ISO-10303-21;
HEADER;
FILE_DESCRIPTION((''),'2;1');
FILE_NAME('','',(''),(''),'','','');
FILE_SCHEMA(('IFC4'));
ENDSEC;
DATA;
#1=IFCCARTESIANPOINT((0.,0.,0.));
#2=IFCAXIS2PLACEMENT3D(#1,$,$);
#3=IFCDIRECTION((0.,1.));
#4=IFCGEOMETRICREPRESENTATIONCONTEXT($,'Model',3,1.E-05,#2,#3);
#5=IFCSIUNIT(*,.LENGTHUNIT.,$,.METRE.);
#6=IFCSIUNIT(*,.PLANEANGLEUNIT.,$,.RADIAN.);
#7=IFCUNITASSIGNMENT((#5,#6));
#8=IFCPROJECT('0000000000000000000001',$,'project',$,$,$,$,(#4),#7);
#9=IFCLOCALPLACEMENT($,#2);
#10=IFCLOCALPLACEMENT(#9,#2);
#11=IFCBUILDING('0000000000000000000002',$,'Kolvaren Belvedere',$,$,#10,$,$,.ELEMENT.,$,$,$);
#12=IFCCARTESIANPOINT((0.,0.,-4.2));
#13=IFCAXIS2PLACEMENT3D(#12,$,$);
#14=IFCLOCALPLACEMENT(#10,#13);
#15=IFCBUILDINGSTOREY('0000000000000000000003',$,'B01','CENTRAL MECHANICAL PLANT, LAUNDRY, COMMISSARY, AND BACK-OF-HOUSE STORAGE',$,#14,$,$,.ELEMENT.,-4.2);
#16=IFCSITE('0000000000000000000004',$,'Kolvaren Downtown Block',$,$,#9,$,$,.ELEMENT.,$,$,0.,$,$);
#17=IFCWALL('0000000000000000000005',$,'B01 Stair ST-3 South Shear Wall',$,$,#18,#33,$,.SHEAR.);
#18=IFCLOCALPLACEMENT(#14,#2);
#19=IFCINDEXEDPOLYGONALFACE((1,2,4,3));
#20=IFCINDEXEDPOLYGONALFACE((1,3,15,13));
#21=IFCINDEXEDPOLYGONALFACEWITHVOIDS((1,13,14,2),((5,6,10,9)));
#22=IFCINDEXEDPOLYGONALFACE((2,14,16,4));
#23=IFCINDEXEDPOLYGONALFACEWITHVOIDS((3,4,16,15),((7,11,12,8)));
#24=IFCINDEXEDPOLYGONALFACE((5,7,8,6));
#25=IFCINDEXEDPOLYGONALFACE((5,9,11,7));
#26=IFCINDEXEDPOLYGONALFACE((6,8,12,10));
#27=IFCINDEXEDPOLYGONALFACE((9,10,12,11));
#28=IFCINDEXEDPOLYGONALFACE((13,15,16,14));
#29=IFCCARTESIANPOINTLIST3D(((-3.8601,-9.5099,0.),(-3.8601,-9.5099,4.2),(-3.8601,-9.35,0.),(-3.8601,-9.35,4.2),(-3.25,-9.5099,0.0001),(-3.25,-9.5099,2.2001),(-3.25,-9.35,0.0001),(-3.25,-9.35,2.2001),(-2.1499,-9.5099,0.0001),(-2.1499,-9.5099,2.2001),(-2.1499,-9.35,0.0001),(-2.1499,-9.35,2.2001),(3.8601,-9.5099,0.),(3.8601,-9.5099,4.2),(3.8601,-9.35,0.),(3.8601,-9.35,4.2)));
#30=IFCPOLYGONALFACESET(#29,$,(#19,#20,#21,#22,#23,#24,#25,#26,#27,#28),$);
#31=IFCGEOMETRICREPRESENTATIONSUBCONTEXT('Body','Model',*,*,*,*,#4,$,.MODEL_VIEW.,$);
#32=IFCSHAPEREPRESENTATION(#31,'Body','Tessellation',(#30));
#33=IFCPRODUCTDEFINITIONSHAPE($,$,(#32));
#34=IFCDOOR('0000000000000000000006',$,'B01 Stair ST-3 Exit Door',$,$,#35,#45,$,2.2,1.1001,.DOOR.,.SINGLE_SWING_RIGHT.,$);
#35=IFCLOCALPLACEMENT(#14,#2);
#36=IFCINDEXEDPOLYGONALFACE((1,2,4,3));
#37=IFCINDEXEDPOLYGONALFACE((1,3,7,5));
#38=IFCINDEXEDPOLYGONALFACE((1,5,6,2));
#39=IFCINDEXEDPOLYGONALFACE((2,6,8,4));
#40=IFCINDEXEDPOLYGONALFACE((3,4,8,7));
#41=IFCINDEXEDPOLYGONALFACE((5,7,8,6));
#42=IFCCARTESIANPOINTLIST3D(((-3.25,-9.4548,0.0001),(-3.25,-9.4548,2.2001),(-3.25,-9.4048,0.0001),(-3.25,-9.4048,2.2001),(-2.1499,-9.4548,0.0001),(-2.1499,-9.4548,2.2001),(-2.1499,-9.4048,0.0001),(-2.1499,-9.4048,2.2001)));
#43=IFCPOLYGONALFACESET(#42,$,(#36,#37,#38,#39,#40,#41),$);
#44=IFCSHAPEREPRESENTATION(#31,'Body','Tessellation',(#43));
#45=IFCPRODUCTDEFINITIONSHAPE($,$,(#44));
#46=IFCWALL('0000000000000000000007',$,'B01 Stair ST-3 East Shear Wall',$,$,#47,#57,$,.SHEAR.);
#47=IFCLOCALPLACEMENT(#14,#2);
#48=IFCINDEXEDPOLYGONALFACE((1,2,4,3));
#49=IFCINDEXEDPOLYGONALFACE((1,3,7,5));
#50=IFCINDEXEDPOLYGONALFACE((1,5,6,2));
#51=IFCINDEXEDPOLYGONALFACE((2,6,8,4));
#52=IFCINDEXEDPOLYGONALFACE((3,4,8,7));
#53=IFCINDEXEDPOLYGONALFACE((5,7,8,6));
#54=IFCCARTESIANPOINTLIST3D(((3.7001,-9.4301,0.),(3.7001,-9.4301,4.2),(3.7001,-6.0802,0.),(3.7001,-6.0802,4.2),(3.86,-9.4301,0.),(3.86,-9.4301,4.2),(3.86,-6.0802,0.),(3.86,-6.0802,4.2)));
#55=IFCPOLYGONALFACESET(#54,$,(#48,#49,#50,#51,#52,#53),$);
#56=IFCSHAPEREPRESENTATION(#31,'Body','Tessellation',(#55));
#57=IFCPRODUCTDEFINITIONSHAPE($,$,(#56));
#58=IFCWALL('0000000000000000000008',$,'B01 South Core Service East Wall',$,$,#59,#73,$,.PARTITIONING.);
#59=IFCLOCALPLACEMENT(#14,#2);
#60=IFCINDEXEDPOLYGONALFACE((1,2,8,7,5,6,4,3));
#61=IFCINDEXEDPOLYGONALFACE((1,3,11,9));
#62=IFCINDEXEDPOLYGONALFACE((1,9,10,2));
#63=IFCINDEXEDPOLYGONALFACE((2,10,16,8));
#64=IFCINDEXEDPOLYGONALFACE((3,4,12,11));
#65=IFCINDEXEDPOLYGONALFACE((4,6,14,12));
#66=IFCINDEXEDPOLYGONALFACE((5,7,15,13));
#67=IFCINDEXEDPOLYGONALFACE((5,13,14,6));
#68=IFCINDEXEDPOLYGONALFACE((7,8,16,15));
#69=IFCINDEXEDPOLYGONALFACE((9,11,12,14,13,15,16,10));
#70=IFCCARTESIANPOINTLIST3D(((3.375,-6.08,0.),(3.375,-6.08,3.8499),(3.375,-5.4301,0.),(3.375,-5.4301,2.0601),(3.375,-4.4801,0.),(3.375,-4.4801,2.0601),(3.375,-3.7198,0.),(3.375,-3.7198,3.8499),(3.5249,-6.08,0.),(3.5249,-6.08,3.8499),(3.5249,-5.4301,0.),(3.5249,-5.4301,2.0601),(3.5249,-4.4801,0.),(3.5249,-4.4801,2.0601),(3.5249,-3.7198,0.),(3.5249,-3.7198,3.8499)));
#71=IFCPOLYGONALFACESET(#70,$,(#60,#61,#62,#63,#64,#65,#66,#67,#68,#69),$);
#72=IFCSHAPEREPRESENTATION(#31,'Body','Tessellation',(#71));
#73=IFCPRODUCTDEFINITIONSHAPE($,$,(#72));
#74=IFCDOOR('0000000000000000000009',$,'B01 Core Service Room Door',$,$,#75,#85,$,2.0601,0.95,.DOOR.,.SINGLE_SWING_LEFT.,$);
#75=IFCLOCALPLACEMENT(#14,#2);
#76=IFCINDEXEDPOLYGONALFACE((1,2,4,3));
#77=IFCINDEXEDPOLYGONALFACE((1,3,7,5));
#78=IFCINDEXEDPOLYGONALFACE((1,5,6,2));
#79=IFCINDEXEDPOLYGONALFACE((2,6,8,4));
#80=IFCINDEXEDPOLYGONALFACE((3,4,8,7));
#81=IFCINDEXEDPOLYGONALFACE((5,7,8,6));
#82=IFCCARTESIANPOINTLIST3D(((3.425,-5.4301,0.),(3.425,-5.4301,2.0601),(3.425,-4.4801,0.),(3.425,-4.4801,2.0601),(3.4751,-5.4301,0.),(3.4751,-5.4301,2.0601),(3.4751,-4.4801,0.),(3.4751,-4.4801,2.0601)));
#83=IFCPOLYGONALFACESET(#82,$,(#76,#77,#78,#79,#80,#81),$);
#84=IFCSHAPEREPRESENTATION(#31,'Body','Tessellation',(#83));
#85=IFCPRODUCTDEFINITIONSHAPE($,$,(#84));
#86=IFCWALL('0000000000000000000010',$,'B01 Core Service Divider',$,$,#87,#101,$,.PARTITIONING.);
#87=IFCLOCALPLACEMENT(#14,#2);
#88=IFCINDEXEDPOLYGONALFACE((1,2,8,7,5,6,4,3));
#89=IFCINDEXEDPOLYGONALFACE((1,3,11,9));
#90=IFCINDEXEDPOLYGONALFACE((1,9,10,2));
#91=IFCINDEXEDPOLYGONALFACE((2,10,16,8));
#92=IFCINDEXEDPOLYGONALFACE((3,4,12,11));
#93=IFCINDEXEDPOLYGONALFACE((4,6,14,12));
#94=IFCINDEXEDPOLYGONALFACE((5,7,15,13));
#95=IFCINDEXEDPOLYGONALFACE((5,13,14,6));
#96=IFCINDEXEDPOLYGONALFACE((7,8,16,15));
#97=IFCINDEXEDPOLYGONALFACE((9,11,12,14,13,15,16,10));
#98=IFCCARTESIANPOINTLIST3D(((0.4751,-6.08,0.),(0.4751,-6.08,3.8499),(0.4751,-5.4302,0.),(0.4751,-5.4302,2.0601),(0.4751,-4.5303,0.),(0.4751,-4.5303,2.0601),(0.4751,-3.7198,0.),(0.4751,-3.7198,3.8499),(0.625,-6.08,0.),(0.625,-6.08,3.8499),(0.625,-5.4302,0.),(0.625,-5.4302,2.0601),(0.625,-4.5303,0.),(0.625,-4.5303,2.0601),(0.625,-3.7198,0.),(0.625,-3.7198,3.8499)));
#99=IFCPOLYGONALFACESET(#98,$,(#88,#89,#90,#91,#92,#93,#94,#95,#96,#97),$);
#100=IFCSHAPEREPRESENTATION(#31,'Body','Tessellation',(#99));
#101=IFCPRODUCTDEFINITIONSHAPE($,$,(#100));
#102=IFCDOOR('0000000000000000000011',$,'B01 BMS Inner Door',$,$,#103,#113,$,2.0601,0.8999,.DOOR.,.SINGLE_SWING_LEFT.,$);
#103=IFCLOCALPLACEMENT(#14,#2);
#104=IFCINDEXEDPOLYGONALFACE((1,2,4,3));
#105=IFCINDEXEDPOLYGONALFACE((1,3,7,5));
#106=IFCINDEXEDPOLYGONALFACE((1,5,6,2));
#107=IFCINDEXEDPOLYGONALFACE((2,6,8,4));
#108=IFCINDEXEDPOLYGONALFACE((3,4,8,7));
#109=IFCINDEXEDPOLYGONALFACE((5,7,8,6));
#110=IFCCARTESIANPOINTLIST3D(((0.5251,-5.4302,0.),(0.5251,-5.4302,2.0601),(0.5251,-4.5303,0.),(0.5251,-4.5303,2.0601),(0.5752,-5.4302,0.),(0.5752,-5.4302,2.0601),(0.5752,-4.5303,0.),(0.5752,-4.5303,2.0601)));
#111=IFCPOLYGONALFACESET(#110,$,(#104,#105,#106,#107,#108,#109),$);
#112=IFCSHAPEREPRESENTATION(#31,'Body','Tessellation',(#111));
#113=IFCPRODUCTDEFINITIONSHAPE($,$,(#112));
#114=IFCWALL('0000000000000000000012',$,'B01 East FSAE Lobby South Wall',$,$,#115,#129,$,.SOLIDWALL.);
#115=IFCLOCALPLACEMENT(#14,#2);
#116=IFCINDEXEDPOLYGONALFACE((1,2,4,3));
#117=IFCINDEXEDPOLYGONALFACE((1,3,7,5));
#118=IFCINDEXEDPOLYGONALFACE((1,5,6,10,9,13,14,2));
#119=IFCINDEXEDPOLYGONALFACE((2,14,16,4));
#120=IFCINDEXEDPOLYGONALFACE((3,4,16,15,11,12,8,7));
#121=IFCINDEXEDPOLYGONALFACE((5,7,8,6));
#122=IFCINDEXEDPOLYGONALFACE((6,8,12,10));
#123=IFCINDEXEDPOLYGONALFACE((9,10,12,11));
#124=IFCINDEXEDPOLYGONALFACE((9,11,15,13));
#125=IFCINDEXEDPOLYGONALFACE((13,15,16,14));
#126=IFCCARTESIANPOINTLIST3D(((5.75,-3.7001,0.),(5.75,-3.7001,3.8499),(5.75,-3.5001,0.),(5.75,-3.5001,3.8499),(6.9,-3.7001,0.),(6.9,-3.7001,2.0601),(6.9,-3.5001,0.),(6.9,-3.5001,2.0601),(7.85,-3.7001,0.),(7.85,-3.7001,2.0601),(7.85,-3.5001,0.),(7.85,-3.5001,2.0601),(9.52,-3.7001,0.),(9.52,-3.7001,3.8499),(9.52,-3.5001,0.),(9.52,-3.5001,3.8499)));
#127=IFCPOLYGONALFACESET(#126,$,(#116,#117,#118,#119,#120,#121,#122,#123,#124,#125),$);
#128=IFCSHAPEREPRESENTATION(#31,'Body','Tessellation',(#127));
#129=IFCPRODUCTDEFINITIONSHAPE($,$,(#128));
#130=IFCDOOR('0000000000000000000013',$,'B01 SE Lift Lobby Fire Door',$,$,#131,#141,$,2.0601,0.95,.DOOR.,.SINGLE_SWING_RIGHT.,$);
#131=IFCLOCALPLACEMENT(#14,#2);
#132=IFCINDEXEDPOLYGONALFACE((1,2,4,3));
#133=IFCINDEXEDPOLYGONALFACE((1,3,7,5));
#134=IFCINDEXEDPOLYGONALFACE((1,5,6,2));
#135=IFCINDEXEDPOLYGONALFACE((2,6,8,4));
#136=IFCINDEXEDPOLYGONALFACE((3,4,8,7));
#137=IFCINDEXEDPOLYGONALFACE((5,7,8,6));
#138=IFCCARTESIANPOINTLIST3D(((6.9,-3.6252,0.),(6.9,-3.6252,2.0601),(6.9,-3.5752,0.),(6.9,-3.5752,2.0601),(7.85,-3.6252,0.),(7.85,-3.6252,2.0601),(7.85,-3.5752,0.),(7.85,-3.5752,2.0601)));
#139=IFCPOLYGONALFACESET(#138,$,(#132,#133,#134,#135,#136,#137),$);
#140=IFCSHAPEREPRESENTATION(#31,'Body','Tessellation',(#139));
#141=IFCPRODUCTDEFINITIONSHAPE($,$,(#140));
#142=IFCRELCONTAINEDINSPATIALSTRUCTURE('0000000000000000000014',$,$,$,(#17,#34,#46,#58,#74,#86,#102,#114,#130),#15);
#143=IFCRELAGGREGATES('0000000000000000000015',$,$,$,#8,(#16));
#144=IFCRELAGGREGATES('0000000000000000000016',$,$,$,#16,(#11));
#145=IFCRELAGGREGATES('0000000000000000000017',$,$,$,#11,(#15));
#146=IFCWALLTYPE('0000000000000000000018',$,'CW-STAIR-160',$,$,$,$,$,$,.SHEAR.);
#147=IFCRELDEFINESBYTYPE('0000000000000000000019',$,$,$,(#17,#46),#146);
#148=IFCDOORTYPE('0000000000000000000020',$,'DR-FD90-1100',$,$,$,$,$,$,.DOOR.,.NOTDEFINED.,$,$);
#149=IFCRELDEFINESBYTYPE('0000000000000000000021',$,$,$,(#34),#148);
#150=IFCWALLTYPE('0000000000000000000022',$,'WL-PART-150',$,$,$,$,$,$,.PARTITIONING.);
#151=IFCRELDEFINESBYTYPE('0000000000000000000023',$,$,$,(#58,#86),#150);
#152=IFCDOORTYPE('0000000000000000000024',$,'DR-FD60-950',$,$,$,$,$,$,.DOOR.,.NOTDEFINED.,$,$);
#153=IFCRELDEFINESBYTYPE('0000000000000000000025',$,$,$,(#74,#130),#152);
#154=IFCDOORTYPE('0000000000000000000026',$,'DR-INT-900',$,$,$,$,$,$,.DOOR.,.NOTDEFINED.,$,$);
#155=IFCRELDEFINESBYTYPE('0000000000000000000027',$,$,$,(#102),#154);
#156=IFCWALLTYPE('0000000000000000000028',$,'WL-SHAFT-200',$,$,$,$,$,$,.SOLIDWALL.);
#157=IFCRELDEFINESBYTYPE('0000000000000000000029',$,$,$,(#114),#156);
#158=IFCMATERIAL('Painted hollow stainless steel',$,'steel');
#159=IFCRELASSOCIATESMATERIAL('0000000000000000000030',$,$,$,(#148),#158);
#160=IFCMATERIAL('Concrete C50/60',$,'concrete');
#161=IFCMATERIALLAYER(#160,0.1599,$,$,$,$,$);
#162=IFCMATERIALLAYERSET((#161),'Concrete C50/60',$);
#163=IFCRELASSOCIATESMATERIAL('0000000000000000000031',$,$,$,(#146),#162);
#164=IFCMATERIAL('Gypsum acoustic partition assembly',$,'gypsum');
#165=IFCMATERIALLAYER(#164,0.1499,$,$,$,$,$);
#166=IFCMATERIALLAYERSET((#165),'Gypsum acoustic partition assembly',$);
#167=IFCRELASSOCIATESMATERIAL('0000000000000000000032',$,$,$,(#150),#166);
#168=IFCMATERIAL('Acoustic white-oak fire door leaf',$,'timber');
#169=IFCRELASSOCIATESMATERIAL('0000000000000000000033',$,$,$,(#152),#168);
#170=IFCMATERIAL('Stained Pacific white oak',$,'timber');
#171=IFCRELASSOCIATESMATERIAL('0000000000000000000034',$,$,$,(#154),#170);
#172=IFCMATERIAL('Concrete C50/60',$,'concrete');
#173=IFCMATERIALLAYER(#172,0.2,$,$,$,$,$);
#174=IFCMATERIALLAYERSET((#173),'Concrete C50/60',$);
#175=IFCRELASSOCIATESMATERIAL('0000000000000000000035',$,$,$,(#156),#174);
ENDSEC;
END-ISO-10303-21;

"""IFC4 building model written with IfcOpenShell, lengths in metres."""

from ifc_helpers import new_model, si_unit, direction, frame, frame_2d, origin, place, context, subcontext, project, spatial, rectangle, extrude, material, layer, layer_set, type_object, element, fill, save


model = new_model("IFC4")

# Units and contexts
model_context = context("Model", 3, precision=1e-05, world=origin(), true_north=direction((0.0, 1.0)))
body_context = subcontext(model_context, "Body", "Model", "MODEL_VIEW")
ifc_project = project(units=[si_unit("LENGTHUNIT", "METRE"), si_unit("PLANEANGLEUNIT", "RADIAN")], contexts=[model_context])

# Site, building, storey
site_placement = place(None, origin())
site = spatial("IfcSite", under=ifc_project, at=site_placement, Name="Kolvaren Downtown Block", CompositionType="ELEMENT", RefElevation=0.0)
building_placement = place(site_placement, origin())
building = spatial("IfcBuilding", under=site, at=building_placement, Name="Kolvaren Belvedere", CompositionType="ELEMENT")
storey_placement = place(building_placement, frame((0.0, 0.0, -4.2)))
storey = spatial("IfcBuildingStorey", under=building, at=storey_placement, Name="B01", Description="CENTRAL MECHANICAL PLANT, LAUNDRY, COMMISSARY, AND BACK-OF-HOUSE STORAGE", CompositionType="ELEMENT", Elevation=-4.2)

# Wall, opening, door
ifc_material_1 = material(Name="Painted hollow stainless steel", Category="steel")
door_type_1 = type_object("IfcDoorType", Name="DR-FD90-1100", OperationType="NOTDEFINED", PredefinedType="DOOR", material=ifc_material_1)
ifc_material_2 = material(Name="Concrete C50/60", Category="concrete")
ifc_layer_1 = layer(ifc_material_2, 0.1599)
ifc_layer_set_1 = layer_set([ifc_layer_1], Name="Concrete C50/60")
wall_type_1 = type_object("IfcWallType", Name="CW-STAIR-160", PredefinedType="SHEAR", material=ifc_layer_set_1)
wall_1_placement = place(storey_placement, frame((3.8601, -9.4299, 0.0), z_axis=(0.0, 0.0, 1.0), x_axis=(-1.0, 0.0, 0.0)))
wall_1 = element("IfcWall", 1, at=wall_1_placement, inside=storey, type_object=wall_type_1, Name="B01 Stair ST-3 South Shear Wall", PredefinedType="SHEAR", context=body_context, shape_type="SweptSolid", body=[
    extrude(rectangle(XDim=7.7202, YDim=0.1599, at=frame_2d((3.8601, 0.0))), origin(), (0.0, 0.0, 1.0), 4.2),
])
opening_1_placement = place(wall_1_placement, frame((6.01, 0.0, 0.0)))
opening_1 = element("IfcOpeningElement", 2, at=opening_1_placement, cuts=wall_1, PredefinedType="OPENING", context=body_context, shape_type="SweptSolid", body=[
    extrude(rectangle(XDim=1.1001, YDim=2.2, at=frame_2d((0.55, 1.1001))), frame((0.0, 0.0898, 0.0), z_axis=(0.0, -1.0, 0.0), x_axis=(1.0, 0.0, 0.0)), (0.0, 0.0, 1.0), 0.1799),
])
door_1_placement = place(opening_1_placement, origin())
door_1 = element("IfcDoor", 3, at=door_1_placement, inside=storey, type_object=door_type_1, Name="B01 Stair ST-3 Exit Door", OperationType="SINGLE_SWING_RIGHT", OverallHeight=2.2, OverallWidth=1.1001, PredefinedType="DOOR", context=body_context, shape_type="SweptSolid", body=[
    extrude(rectangle(XDim=1.1001, YDim=2.2, at=frame_2d((0.55, 1.1001))), frame((0.0, 0.0249, 0.0), z_axis=(0.0, -1.0, 0.0), x_axis=(1.0, 0.0, 0.0)), (0.0, 0.0, 1.0), 0.05),
])
fill(opening_1, door_1)

# Wall
wall_2_placement = place(storey_placement, frame((3.78, -9.4299, 0.0), z_axis=(0.0, 0.0, 1.0), x_axis=(0.0, 1.0, 0.0)))
element("IfcWall", 4, at=wall_2_placement, inside=storey, type_object=wall_type_1, Name="B01 Stair ST-3 East Shear Wall", PredefinedType="SHEAR", context=body_context, shape_type="SweptSolid", body=[
    extrude(rectangle(XDim=3.3499, YDim=0.1599, at=frame_2d((1.6748, 0.0))), origin(), (0.0, 0.0, 1.0), 4.2),
])

# Walls, openings, doors
ifc_material_3 = material(Name="Gypsum acoustic partition assembly", Category="gypsum")
ifc_layer_2 = layer(ifc_material_3, 0.1499)
ifc_layer_set_2 = layer_set([ifc_layer_2], Name="Gypsum acoustic partition assembly")
wall_type_2 = type_object("IfcWallType", Name="WL-PART-150", PredefinedType="PARTITIONING", material=ifc_layer_set_2)
wall_3_placement = place(storey_placement, frame((3.45, -6.0801, 0.0), z_axis=(0.0, 0.0, 1.0), x_axis=(0.0, 1.0, 0.0)))
wall_3 = element("IfcWall", 5, at=wall_3_placement, inside=storey, type_object=wall_type_2, Name="B01 South Core Service East Wall", PredefinedType="PARTITIONING", context=body_context, shape_type="SweptSolid", body=[
    extrude(rectangle(XDim=2.3601, YDim=0.1499, at=frame_2d((1.1802, 0.0))), origin(), (0.0, 0.0, 1.0), 3.8499),
])
opening_2_placement = place(wall_3_placement, frame((0.6499, 0.0, 0.0)))
opening_2 = element("IfcOpeningElement", 6, at=opening_2_placement, cuts=wall_3, PredefinedType="OPENING", context=body_context, shape_type="SweptSolid", body=[
    extrude(rectangle(XDim=0.95, YDim=2.0601, at=frame_2d((0.4751, 1.03))), frame((0.0, 0.085, 0.0), z_axis=(0.0, -1.0, 0.0), x_axis=(1.0, 0.0, 0.0)), (0.0, 0.0, 1.0), 0.1699),
])
ifc_material_4 = material(Name="Acoustic white-oak fire door leaf", Category="timber")
door_type_2 = type_object("IfcDoorType", Name="DR-FD60-950", OperationType="NOTDEFINED", PredefinedType="DOOR", material=ifc_material_4)
door_2_placement = place(opening_2_placement, origin())
door_2 = element("IfcDoor", 7, at=door_2_placement, inside=storey, type_object=door_type_2, Name="B01 Core Service Room Door", OperationType="SINGLE_SWING_LEFT", OverallHeight=2.0601, OverallWidth=0.95, PredefinedType="DOOR", context=body_context, shape_type="SweptSolid", body=[
    extrude(rectangle(XDim=0.95, YDim=2.0601, at=frame_2d((0.4751, 1.03))), frame((0.0, 0.0249, 0.0), z_axis=(0.0, -1.0, 0.0), x_axis=(1.0, 0.0, 0.0)), (0.0, 0.0, 1.0), 0.05),
])
fill(opening_2, door_2)
wall_4_placement = place(storey_placement, frame((0.55, -6.0801, 0.0), z_axis=(0.0, 0.0, 1.0), x_axis=(0.0, 1.0, 0.0)))
wall_4 = element("IfcWall", 8, at=wall_4_placement, inside=storey, type_object=wall_type_2, Name="B01 Core Service Divider", PredefinedType="PARTITIONING", context=body_context, shape_type="SweptSolid", body=[
    extrude(rectangle(XDim=2.3601, YDim=0.1499, at=frame_2d((1.1802, 0.0))), origin(), (0.0, 0.0, 1.0), 3.8499),
])
opening_3_placement = place(wall_4_placement, frame((0.6499, 0.0, 0.0)))
opening_3 = element("IfcOpeningElement", 9, at=opening_3_placement, cuts=wall_4, PredefinedType="OPENING", context=body_context, shape_type="SweptSolid", body=[
    extrude(rectangle(XDim=0.8999, YDim=2.0601, at=frame_2d((0.45, 1.03))), frame((0.0, 0.085, 0.0), z_axis=(0.0, -1.0, 0.0), x_axis=(1.0, 0.0, 0.0)), (0.0, 0.0, 1.0), 0.1699),
])
ifc_material_5 = material(Name="Stained Pacific white oak", Category="timber")
door_type_3 = type_object("IfcDoorType", Name="DR-INT-900", OperationType="NOTDEFINED", PredefinedType="DOOR", material=ifc_material_5)
door_3_placement = place(opening_3_placement, origin())
door_3 = element("IfcDoor", 10, at=door_3_placement, inside=storey, type_object=door_type_3, Name="B01 BMS Inner Door", OperationType="SINGLE_SWING_LEFT", OverallHeight=2.0601, OverallWidth=0.8999, PredefinedType="DOOR", context=body_context, shape_type="SweptSolid", body=[
    extrude(rectangle(XDim=0.8999, YDim=2.0601, at=frame_2d((0.45, 1.03))), frame((0.0, 0.0249, 0.0), z_axis=(0.0, -1.0, 0.0), x_axis=(1.0, 0.0, 0.0)), (0.0, 0.0, 1.0), 0.05),
])
fill(opening_3, door_3)
ifc_material_6 = material(Name="Concrete C50/60", Category="concrete")
ifc_layer_3 = layer(ifc_material_6, 0.2)
ifc_layer_set_3 = layer_set([ifc_layer_3], Name="Concrete C50/60")
wall_type_3 = type_object("IfcWallType", Name="WL-SHAFT-200", PredefinedType="SOLIDWALL", material=ifc_layer_set_3)
wall_5_placement = place(storey_placement, frame((5.75, -3.6001, 0.0), z_axis=(0.0, 0.0, 1.0), x_axis=(1.0, 0.0, 0.0)))
wall_5 = element("IfcWall", 11, at=wall_5_placement, inside=storey, type_object=wall_type_3, Name="B01 East FSAE Lobby South Wall", PredefinedType="SOLIDWALL", context=body_context, shape_type="SweptSolid", body=[
    extrude(rectangle(XDim=3.77, YDim=0.2, at=frame_2d((1.885, 0.0))), origin(), (0.0, 0.0, 1.0), 3.8499),
])
opening_4_placement = place(wall_5_placement, frame((1.1499, 0.0, 0.0)))
opening_4 = element("IfcOpeningElement", 12, at=opening_4_placement, cuts=wall_5, PredefinedType="OPENING", context=body_context, shape_type="SweptSolid", body=[
    extrude(rectangle(XDim=0.95, YDim=2.0601, at=frame_2d((0.4751, 1.03))), frame((0.0, 0.1099, 0.0), z_axis=(0.0, -1.0, 0.0), x_axis=(1.0, 0.0, 0.0)), (0.0, 0.0, 1.0), 0.22),
])
door_4_placement = place(opening_4_placement, origin())
door_4 = element("IfcDoor", 13, at=door_4_placement, inside=storey, type_object=door_type_2, Name="B01 SE Lift Lobby Fire Door", OperationType="SINGLE_SWING_RIGHT", OverallHeight=2.0601, OverallWidth=0.95, PredefinedType="DOOR", context=body_context, shape_type="SweptSolid", body=[
    extrude(rectangle(XDim=0.95, YDim=2.0601, at=frame_2d((0.4751, 1.03))), frame((0.0, 0.0249, 0.0), z_axis=(0.0, -1.0, 0.0), x_axis=(1.0, 0.0, 0.0)), (0.0, 0.0, 1.0), 0.05),
])
fill(opening_4, door_4)

save(model, "model.ifc")
